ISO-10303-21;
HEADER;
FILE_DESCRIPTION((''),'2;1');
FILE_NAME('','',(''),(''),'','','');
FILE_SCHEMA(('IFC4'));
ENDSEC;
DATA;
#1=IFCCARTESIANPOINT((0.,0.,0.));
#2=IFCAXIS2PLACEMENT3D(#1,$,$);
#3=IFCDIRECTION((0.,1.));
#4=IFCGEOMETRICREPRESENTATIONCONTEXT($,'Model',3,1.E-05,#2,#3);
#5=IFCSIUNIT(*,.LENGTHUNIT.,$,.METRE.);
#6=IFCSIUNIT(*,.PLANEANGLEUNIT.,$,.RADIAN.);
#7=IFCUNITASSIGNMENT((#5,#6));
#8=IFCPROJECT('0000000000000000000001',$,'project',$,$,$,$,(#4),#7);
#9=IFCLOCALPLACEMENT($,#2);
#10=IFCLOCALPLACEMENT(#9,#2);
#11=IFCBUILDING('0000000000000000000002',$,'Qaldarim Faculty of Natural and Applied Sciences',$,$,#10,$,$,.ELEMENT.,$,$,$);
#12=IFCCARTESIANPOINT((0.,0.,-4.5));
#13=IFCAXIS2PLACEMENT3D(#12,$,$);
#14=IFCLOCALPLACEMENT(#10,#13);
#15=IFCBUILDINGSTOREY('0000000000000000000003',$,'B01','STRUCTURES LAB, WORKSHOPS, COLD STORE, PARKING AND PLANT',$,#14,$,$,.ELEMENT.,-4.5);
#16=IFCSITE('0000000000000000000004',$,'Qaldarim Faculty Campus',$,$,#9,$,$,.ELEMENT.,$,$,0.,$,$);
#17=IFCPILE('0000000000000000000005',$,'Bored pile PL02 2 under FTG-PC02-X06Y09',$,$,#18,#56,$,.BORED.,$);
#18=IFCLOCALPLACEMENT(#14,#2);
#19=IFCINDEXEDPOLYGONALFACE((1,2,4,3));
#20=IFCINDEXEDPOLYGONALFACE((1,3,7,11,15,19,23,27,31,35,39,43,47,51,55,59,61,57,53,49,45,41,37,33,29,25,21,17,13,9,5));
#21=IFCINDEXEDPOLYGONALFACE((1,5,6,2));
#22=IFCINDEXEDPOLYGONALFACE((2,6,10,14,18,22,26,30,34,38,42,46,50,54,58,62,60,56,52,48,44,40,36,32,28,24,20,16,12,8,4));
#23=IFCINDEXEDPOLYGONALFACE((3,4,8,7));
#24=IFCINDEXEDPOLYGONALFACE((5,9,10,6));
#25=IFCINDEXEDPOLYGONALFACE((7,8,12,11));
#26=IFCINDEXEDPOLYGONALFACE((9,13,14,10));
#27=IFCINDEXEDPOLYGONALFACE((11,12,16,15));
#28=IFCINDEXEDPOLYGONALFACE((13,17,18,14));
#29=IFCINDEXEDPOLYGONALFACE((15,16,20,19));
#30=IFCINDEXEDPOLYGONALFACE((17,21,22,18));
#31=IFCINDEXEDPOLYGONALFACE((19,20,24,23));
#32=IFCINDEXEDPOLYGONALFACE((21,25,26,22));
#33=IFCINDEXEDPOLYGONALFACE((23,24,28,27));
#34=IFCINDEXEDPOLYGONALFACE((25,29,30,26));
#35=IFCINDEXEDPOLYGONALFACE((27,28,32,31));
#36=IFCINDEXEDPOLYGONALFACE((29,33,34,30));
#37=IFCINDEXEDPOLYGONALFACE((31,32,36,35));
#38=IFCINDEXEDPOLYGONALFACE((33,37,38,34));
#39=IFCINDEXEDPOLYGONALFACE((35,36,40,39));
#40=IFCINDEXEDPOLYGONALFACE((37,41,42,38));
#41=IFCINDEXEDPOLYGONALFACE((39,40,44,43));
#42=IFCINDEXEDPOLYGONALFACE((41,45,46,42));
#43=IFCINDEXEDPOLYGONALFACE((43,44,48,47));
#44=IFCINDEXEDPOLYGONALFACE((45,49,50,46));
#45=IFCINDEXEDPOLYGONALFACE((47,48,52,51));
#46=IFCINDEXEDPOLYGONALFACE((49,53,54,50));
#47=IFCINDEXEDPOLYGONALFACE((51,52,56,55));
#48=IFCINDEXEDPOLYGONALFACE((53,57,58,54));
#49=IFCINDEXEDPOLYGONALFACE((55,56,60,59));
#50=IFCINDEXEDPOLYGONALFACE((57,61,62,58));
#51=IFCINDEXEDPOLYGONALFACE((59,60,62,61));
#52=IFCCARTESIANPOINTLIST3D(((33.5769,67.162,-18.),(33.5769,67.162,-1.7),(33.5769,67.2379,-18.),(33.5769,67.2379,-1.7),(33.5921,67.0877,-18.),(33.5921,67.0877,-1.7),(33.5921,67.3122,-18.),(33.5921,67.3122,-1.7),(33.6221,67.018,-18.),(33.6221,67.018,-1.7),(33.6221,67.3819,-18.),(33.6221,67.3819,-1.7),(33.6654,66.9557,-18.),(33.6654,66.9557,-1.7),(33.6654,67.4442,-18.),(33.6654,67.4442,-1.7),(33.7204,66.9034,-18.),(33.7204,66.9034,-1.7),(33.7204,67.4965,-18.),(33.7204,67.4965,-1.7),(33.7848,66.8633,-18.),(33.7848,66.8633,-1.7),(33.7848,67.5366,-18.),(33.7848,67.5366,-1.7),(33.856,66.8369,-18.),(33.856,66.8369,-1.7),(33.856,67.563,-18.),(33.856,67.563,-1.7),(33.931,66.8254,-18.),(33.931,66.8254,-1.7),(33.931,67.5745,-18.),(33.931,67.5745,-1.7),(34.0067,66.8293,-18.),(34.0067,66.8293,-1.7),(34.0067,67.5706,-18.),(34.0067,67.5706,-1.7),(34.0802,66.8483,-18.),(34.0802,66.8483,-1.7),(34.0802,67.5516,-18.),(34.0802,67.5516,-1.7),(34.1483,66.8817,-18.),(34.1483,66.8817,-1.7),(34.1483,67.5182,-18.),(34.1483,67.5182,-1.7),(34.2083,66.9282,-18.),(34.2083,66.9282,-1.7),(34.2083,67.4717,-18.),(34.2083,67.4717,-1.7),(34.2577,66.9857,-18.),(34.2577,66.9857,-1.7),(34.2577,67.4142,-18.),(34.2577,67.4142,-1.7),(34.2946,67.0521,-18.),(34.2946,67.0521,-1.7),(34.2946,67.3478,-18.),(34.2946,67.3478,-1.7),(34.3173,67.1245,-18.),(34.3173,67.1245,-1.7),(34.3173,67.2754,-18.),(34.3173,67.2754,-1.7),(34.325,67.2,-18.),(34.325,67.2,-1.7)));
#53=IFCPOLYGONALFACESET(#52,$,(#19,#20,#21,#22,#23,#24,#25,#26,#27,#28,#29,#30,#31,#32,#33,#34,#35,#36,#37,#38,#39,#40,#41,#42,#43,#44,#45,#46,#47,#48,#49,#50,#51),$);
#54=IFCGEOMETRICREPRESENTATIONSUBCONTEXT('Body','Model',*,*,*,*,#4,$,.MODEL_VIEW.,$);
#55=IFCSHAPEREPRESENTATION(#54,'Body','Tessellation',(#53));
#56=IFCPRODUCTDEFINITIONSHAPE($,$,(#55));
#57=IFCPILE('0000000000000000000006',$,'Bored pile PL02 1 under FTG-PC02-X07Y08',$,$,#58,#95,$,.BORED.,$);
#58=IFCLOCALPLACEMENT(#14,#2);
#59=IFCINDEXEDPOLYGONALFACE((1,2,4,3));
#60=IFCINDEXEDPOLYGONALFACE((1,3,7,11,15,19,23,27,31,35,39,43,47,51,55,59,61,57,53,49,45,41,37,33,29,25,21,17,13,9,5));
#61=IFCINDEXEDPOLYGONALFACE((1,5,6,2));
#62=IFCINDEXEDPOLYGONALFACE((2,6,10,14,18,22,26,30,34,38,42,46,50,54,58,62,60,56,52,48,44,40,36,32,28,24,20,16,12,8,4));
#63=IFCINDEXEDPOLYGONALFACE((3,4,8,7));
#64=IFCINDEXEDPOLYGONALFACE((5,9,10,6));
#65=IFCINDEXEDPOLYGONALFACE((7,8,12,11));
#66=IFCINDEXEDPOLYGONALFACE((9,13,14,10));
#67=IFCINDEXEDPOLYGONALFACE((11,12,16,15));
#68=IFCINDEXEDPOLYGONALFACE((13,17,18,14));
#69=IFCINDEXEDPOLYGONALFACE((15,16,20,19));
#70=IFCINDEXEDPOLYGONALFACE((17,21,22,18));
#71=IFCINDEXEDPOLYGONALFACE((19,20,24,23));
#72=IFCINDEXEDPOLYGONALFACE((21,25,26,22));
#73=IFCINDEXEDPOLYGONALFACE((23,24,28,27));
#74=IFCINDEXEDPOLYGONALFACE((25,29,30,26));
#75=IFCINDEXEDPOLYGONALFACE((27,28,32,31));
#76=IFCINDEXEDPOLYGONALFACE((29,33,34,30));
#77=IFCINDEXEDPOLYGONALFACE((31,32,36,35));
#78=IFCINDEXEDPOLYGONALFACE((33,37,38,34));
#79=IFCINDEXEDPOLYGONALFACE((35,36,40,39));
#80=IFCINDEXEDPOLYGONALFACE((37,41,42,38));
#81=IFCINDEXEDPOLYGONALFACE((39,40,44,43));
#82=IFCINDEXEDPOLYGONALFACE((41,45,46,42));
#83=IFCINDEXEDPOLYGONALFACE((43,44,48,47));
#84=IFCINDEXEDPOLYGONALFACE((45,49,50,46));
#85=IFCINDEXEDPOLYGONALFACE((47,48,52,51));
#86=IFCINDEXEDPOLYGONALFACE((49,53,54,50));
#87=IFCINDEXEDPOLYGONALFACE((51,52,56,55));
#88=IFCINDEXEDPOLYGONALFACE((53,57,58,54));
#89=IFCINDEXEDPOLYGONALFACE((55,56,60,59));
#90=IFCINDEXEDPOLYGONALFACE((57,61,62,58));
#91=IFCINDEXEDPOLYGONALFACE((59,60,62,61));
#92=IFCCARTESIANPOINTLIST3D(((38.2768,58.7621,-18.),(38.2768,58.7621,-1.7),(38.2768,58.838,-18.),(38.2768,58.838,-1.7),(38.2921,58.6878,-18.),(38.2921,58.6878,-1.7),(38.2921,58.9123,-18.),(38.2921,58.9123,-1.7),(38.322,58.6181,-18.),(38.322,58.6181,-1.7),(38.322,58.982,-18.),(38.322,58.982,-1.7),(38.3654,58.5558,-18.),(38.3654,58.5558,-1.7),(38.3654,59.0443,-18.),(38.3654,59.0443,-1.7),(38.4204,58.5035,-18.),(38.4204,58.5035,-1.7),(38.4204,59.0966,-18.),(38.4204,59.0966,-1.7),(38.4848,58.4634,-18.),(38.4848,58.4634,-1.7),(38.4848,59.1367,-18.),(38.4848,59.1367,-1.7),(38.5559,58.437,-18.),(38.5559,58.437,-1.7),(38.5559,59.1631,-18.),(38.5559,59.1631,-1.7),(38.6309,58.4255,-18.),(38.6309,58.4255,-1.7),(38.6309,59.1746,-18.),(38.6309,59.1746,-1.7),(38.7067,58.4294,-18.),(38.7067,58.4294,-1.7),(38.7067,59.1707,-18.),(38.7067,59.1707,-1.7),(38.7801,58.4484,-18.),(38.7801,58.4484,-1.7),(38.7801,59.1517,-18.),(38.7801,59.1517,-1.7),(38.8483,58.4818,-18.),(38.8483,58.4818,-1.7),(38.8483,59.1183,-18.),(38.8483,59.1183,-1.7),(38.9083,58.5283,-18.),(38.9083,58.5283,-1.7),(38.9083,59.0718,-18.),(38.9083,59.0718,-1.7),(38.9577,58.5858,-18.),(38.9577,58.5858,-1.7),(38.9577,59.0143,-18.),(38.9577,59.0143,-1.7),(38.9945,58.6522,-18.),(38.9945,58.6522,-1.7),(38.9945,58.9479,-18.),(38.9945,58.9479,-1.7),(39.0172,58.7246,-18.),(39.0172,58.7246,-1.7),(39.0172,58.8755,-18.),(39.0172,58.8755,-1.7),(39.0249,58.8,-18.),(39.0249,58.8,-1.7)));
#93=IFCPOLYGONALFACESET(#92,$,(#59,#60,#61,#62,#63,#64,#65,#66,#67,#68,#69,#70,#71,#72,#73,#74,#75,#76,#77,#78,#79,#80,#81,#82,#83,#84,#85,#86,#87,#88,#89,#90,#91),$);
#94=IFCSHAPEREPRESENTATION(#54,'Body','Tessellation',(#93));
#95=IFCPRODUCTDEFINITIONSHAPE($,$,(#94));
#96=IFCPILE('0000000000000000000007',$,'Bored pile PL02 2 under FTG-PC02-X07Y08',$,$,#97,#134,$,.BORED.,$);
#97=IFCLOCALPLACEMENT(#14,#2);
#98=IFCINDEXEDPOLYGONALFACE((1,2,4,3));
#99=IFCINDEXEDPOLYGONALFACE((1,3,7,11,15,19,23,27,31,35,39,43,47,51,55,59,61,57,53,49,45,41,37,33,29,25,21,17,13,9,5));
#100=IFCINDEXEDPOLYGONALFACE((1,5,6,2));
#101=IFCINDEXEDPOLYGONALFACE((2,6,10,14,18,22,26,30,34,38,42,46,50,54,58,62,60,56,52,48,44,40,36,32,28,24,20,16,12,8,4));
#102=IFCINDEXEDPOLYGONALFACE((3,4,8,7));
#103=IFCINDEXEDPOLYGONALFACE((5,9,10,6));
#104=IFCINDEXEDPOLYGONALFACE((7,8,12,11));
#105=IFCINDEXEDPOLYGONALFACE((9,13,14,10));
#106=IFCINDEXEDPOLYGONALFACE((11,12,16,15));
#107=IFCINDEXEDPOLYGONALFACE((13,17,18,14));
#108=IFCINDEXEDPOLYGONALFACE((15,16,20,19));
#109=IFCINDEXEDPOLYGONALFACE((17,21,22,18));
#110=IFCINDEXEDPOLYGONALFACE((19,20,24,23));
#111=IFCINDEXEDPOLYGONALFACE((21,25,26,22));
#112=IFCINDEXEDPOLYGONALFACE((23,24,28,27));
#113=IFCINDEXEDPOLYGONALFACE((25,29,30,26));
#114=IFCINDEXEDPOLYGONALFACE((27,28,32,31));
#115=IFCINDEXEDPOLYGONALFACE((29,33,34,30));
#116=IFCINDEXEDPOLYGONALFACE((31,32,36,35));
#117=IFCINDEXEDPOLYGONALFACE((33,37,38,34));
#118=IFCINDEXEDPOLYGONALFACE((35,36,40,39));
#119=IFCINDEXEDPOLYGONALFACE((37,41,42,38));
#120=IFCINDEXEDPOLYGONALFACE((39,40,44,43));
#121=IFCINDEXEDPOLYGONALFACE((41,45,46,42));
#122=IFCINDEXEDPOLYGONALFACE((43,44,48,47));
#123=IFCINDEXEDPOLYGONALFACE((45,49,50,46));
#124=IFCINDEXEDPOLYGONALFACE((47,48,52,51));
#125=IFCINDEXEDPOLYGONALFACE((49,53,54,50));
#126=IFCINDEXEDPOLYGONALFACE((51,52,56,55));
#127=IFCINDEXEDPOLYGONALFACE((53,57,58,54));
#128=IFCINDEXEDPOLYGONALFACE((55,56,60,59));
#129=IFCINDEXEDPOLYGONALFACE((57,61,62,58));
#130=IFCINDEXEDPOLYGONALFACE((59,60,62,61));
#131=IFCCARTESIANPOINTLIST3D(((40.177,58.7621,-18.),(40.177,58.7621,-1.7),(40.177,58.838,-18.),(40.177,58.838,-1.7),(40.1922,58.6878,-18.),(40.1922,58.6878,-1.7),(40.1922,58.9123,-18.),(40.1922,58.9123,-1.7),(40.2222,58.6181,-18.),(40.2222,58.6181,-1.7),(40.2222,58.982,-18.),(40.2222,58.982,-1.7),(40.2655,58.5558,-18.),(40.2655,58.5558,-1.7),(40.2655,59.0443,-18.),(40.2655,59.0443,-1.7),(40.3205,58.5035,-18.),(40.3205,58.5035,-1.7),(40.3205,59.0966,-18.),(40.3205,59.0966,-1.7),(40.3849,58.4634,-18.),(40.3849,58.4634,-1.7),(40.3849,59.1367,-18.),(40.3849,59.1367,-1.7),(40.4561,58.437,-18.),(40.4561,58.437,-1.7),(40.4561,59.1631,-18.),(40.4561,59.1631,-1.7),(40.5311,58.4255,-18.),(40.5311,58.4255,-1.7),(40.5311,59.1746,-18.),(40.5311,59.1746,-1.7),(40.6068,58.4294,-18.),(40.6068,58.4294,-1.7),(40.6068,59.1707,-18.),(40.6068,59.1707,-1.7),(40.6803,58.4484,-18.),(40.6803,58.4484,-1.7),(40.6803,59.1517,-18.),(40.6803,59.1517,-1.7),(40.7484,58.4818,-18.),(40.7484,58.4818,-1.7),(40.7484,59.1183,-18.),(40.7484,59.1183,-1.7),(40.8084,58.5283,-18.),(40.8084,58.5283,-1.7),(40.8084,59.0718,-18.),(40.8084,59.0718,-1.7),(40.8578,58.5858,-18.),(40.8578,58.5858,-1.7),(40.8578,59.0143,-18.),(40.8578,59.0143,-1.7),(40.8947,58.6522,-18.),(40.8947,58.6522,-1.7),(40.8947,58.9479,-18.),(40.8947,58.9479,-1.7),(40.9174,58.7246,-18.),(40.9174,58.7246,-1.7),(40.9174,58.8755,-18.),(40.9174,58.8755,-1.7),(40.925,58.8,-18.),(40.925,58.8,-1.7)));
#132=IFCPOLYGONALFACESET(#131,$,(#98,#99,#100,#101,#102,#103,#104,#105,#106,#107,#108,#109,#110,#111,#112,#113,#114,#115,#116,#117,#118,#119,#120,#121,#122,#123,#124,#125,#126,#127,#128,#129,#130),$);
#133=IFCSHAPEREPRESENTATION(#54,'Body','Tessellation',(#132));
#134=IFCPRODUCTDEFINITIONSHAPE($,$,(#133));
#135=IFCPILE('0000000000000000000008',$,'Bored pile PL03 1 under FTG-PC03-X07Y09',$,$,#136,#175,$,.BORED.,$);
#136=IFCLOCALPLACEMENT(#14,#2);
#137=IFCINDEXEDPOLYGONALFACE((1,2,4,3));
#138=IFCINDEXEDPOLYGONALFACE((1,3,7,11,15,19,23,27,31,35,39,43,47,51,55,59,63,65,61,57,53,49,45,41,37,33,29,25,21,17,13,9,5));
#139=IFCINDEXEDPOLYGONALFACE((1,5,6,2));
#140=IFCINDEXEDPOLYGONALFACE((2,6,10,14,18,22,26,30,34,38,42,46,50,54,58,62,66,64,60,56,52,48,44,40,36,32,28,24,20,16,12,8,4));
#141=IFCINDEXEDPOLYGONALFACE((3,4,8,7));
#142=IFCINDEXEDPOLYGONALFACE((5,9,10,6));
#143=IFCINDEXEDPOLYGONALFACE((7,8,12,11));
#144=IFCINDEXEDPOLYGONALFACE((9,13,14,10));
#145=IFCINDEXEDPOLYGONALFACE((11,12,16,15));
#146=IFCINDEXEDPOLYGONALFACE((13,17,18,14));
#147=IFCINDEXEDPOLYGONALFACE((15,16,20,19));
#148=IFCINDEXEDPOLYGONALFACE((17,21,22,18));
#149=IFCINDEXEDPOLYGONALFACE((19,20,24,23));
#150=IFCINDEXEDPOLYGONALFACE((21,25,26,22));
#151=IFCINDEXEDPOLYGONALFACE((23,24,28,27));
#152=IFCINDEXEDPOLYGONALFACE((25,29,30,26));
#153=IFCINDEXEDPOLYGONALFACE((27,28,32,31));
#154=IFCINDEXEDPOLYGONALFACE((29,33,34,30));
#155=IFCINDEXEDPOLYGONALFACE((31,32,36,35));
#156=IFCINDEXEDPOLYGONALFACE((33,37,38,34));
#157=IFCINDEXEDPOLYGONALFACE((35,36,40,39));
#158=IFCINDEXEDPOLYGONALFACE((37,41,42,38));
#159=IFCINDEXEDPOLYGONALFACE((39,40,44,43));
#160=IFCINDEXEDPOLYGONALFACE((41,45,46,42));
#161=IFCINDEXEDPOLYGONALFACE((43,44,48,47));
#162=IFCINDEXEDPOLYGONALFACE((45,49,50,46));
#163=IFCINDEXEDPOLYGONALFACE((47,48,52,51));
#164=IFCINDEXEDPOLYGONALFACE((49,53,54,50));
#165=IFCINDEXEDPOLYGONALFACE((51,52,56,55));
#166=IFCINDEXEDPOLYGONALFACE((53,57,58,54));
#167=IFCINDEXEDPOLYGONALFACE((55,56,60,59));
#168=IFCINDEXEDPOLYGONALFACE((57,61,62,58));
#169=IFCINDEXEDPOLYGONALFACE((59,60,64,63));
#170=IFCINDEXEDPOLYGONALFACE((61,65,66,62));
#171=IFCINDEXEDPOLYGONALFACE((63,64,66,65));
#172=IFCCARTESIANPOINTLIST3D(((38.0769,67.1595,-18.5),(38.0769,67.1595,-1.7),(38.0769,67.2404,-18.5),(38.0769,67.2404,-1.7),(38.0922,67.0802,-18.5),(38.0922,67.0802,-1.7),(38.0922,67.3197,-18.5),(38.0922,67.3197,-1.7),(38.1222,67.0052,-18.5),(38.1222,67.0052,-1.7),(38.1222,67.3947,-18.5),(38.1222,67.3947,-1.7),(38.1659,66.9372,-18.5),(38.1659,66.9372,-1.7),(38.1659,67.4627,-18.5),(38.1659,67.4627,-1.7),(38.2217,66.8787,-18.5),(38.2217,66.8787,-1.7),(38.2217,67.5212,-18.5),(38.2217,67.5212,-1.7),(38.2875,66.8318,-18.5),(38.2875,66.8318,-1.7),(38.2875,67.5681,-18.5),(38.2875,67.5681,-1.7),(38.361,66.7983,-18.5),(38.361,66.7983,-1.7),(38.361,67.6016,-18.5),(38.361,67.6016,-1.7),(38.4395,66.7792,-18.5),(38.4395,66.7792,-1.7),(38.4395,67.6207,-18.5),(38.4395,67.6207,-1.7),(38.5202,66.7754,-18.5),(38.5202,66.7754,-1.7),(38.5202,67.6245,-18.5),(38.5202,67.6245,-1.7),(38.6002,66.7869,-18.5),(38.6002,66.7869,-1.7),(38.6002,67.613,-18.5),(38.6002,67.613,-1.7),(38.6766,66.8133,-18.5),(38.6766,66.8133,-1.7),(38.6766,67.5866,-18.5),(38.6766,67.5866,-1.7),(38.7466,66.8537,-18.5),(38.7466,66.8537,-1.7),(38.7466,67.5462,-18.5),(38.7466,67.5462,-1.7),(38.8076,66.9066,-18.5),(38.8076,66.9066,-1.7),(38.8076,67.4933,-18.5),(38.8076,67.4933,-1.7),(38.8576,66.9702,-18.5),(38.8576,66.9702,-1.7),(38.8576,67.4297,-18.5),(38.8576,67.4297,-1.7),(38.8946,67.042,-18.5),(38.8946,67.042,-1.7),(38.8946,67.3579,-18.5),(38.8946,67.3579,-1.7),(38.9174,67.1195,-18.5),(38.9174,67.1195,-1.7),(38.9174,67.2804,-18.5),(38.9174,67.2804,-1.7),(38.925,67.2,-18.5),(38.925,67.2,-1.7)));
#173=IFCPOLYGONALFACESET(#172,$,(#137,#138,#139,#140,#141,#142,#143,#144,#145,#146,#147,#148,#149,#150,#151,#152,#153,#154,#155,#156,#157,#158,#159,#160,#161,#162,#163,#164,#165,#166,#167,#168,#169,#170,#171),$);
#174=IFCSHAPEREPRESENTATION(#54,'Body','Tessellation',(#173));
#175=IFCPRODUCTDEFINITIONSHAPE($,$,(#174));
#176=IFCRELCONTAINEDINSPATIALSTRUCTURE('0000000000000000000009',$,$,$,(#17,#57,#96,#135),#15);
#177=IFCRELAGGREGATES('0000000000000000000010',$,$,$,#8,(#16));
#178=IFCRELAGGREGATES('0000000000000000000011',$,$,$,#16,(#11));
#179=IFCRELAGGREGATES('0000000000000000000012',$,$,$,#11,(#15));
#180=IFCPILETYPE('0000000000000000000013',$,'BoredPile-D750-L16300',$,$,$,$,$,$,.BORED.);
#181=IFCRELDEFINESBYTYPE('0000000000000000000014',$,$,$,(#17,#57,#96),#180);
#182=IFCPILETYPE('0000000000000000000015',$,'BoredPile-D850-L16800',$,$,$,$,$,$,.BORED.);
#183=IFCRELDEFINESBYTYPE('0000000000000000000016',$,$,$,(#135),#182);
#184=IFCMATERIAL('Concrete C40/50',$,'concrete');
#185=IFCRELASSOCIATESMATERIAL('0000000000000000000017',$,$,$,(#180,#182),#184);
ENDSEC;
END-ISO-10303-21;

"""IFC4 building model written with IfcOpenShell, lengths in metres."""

from ifc_helpers import new_model, si_unit, direction, frame, origin, origin_2d, place, context, subcontext, project, spatial, circle, extrude, material, material_profile, profile_set, type_object, element, save


model = new_model("IFC4")

# Units and contexts
model_context = context("Model", 3, precision=1e-05, world=origin(), true_north=direction((0.0, 1.0)))
body_context = subcontext(model_context, "Body", "Model", "MODEL_VIEW")
ifc_project = project(units=[si_unit("LENGTHUNIT", "METRE"), si_unit("PLANEANGLEUNIT", "RADIAN")], contexts=[model_context])

# Site, building, storey
site_placement = place(None, origin())
site = spatial("IfcSite", under=ifc_project, at=site_placement, Name="Qaldarim Faculty Campus", CompositionType="ELEMENT", RefElevation=0.0)
building_placement = place(site_placement, origin())
building = spatial("IfcBuilding", under=site, at=building_placement, Name="Qaldarim Faculty of Natural and Applied Sciences", CompositionType="ELEMENT")
storey_placement = place(building_placement, frame((0.0, 0.0, -4.5)))
storey = spatial("IfcBuildingStorey", under=building, at=storey_placement, Name="B01", Description="STRUCTURES LAB, WORKSHOPS, COLD STORE, PARKING AND PLANT", CompositionType="ELEMENT", Elevation=-4.5)

# Piles
ifc_material_1 = material(Name="Concrete C40/50", Category="concrete")
ifc_material_profile_1 = material_profile(ifc_material_1, circle(Radius=0.375, at=origin_2d()), Name="PILE-D750")
ifc_profile_set_1 = profile_set([ifc_material_profile_1], Name="Concrete C40/50")
pile_type_1 = type_object("IfcPileType", Name="BoredPile-D750-L16300", PredefinedType="BORED", material=ifc_profile_set_1)
for number, where, z_axis, x_axis, name in (
    (1, (33.95, 67.2, -1.7), (0.0, 0.0, -1.0), (1.0, 0.0, 0.0), "Bored pile PL02 2 under FTG-PC02-X06Y09"),
    (2, (38.6499, 58.8, -1.7), (0.0, 0.0, -1.0), (1.0, 0.0, 0.0), "Bored pile PL02 1 under FTG-PC02-X07Y08"),
    (3, (40.55, 58.8, -1.7), (0.0, 0.0, -1.0), (1.0, 0.0, 0.0), "Bored pile PL02 2 under FTG-PC02-X07Y08"),
):
    element("IfcPile", number, at=place(storey_placement, frame(where, z_axis=z_axis, x_axis=x_axis)), inside=storey, type_object=pile_type_1, Name=name, PredefinedType="BORED", context=body_context, shape_type="SweptSolid", body=[
        extrude(circle(Radius=0.375, at=origin_2d()), origin(), (0.0, 0.0, 1.0), 16.3),
    ])
ifc_material_profile_2 = material_profile(ifc_material_1, circle(Radius=0.425, at=origin_2d()), Name="PILE-D850")
ifc_profile_set_2 = profile_set([ifc_material_profile_2], Name="Concrete C40/50")
pile_type_2 = type_object("IfcPileType", Name="BoredPile-D850-L16800", PredefinedType="BORED", material=ifc_profile_set_2)
for number, where, z_axis, x_axis, name in (
    (4, (38.5, 67.2, -1.7), (0.0, 0.0, -1.0), (1.0, 0.0, 0.0), "Bored pile PL03 1 under FTG-PC03-X07Y09"),
):
    element("IfcPile", number, at=place(storey_placement, frame(where, z_axis=z_axis, x_axis=x_axis)), inside=storey, type_object=pile_type_2, Name=name, PredefinedType="BORED", context=body_context, shape_type="SweptSolid", body=[
        extrude(circle(Radius=0.425, at=origin_2d()), origin(), (0.0, 0.0, 1.0), 16.8),
    ])

save(model, "model.ifc")
